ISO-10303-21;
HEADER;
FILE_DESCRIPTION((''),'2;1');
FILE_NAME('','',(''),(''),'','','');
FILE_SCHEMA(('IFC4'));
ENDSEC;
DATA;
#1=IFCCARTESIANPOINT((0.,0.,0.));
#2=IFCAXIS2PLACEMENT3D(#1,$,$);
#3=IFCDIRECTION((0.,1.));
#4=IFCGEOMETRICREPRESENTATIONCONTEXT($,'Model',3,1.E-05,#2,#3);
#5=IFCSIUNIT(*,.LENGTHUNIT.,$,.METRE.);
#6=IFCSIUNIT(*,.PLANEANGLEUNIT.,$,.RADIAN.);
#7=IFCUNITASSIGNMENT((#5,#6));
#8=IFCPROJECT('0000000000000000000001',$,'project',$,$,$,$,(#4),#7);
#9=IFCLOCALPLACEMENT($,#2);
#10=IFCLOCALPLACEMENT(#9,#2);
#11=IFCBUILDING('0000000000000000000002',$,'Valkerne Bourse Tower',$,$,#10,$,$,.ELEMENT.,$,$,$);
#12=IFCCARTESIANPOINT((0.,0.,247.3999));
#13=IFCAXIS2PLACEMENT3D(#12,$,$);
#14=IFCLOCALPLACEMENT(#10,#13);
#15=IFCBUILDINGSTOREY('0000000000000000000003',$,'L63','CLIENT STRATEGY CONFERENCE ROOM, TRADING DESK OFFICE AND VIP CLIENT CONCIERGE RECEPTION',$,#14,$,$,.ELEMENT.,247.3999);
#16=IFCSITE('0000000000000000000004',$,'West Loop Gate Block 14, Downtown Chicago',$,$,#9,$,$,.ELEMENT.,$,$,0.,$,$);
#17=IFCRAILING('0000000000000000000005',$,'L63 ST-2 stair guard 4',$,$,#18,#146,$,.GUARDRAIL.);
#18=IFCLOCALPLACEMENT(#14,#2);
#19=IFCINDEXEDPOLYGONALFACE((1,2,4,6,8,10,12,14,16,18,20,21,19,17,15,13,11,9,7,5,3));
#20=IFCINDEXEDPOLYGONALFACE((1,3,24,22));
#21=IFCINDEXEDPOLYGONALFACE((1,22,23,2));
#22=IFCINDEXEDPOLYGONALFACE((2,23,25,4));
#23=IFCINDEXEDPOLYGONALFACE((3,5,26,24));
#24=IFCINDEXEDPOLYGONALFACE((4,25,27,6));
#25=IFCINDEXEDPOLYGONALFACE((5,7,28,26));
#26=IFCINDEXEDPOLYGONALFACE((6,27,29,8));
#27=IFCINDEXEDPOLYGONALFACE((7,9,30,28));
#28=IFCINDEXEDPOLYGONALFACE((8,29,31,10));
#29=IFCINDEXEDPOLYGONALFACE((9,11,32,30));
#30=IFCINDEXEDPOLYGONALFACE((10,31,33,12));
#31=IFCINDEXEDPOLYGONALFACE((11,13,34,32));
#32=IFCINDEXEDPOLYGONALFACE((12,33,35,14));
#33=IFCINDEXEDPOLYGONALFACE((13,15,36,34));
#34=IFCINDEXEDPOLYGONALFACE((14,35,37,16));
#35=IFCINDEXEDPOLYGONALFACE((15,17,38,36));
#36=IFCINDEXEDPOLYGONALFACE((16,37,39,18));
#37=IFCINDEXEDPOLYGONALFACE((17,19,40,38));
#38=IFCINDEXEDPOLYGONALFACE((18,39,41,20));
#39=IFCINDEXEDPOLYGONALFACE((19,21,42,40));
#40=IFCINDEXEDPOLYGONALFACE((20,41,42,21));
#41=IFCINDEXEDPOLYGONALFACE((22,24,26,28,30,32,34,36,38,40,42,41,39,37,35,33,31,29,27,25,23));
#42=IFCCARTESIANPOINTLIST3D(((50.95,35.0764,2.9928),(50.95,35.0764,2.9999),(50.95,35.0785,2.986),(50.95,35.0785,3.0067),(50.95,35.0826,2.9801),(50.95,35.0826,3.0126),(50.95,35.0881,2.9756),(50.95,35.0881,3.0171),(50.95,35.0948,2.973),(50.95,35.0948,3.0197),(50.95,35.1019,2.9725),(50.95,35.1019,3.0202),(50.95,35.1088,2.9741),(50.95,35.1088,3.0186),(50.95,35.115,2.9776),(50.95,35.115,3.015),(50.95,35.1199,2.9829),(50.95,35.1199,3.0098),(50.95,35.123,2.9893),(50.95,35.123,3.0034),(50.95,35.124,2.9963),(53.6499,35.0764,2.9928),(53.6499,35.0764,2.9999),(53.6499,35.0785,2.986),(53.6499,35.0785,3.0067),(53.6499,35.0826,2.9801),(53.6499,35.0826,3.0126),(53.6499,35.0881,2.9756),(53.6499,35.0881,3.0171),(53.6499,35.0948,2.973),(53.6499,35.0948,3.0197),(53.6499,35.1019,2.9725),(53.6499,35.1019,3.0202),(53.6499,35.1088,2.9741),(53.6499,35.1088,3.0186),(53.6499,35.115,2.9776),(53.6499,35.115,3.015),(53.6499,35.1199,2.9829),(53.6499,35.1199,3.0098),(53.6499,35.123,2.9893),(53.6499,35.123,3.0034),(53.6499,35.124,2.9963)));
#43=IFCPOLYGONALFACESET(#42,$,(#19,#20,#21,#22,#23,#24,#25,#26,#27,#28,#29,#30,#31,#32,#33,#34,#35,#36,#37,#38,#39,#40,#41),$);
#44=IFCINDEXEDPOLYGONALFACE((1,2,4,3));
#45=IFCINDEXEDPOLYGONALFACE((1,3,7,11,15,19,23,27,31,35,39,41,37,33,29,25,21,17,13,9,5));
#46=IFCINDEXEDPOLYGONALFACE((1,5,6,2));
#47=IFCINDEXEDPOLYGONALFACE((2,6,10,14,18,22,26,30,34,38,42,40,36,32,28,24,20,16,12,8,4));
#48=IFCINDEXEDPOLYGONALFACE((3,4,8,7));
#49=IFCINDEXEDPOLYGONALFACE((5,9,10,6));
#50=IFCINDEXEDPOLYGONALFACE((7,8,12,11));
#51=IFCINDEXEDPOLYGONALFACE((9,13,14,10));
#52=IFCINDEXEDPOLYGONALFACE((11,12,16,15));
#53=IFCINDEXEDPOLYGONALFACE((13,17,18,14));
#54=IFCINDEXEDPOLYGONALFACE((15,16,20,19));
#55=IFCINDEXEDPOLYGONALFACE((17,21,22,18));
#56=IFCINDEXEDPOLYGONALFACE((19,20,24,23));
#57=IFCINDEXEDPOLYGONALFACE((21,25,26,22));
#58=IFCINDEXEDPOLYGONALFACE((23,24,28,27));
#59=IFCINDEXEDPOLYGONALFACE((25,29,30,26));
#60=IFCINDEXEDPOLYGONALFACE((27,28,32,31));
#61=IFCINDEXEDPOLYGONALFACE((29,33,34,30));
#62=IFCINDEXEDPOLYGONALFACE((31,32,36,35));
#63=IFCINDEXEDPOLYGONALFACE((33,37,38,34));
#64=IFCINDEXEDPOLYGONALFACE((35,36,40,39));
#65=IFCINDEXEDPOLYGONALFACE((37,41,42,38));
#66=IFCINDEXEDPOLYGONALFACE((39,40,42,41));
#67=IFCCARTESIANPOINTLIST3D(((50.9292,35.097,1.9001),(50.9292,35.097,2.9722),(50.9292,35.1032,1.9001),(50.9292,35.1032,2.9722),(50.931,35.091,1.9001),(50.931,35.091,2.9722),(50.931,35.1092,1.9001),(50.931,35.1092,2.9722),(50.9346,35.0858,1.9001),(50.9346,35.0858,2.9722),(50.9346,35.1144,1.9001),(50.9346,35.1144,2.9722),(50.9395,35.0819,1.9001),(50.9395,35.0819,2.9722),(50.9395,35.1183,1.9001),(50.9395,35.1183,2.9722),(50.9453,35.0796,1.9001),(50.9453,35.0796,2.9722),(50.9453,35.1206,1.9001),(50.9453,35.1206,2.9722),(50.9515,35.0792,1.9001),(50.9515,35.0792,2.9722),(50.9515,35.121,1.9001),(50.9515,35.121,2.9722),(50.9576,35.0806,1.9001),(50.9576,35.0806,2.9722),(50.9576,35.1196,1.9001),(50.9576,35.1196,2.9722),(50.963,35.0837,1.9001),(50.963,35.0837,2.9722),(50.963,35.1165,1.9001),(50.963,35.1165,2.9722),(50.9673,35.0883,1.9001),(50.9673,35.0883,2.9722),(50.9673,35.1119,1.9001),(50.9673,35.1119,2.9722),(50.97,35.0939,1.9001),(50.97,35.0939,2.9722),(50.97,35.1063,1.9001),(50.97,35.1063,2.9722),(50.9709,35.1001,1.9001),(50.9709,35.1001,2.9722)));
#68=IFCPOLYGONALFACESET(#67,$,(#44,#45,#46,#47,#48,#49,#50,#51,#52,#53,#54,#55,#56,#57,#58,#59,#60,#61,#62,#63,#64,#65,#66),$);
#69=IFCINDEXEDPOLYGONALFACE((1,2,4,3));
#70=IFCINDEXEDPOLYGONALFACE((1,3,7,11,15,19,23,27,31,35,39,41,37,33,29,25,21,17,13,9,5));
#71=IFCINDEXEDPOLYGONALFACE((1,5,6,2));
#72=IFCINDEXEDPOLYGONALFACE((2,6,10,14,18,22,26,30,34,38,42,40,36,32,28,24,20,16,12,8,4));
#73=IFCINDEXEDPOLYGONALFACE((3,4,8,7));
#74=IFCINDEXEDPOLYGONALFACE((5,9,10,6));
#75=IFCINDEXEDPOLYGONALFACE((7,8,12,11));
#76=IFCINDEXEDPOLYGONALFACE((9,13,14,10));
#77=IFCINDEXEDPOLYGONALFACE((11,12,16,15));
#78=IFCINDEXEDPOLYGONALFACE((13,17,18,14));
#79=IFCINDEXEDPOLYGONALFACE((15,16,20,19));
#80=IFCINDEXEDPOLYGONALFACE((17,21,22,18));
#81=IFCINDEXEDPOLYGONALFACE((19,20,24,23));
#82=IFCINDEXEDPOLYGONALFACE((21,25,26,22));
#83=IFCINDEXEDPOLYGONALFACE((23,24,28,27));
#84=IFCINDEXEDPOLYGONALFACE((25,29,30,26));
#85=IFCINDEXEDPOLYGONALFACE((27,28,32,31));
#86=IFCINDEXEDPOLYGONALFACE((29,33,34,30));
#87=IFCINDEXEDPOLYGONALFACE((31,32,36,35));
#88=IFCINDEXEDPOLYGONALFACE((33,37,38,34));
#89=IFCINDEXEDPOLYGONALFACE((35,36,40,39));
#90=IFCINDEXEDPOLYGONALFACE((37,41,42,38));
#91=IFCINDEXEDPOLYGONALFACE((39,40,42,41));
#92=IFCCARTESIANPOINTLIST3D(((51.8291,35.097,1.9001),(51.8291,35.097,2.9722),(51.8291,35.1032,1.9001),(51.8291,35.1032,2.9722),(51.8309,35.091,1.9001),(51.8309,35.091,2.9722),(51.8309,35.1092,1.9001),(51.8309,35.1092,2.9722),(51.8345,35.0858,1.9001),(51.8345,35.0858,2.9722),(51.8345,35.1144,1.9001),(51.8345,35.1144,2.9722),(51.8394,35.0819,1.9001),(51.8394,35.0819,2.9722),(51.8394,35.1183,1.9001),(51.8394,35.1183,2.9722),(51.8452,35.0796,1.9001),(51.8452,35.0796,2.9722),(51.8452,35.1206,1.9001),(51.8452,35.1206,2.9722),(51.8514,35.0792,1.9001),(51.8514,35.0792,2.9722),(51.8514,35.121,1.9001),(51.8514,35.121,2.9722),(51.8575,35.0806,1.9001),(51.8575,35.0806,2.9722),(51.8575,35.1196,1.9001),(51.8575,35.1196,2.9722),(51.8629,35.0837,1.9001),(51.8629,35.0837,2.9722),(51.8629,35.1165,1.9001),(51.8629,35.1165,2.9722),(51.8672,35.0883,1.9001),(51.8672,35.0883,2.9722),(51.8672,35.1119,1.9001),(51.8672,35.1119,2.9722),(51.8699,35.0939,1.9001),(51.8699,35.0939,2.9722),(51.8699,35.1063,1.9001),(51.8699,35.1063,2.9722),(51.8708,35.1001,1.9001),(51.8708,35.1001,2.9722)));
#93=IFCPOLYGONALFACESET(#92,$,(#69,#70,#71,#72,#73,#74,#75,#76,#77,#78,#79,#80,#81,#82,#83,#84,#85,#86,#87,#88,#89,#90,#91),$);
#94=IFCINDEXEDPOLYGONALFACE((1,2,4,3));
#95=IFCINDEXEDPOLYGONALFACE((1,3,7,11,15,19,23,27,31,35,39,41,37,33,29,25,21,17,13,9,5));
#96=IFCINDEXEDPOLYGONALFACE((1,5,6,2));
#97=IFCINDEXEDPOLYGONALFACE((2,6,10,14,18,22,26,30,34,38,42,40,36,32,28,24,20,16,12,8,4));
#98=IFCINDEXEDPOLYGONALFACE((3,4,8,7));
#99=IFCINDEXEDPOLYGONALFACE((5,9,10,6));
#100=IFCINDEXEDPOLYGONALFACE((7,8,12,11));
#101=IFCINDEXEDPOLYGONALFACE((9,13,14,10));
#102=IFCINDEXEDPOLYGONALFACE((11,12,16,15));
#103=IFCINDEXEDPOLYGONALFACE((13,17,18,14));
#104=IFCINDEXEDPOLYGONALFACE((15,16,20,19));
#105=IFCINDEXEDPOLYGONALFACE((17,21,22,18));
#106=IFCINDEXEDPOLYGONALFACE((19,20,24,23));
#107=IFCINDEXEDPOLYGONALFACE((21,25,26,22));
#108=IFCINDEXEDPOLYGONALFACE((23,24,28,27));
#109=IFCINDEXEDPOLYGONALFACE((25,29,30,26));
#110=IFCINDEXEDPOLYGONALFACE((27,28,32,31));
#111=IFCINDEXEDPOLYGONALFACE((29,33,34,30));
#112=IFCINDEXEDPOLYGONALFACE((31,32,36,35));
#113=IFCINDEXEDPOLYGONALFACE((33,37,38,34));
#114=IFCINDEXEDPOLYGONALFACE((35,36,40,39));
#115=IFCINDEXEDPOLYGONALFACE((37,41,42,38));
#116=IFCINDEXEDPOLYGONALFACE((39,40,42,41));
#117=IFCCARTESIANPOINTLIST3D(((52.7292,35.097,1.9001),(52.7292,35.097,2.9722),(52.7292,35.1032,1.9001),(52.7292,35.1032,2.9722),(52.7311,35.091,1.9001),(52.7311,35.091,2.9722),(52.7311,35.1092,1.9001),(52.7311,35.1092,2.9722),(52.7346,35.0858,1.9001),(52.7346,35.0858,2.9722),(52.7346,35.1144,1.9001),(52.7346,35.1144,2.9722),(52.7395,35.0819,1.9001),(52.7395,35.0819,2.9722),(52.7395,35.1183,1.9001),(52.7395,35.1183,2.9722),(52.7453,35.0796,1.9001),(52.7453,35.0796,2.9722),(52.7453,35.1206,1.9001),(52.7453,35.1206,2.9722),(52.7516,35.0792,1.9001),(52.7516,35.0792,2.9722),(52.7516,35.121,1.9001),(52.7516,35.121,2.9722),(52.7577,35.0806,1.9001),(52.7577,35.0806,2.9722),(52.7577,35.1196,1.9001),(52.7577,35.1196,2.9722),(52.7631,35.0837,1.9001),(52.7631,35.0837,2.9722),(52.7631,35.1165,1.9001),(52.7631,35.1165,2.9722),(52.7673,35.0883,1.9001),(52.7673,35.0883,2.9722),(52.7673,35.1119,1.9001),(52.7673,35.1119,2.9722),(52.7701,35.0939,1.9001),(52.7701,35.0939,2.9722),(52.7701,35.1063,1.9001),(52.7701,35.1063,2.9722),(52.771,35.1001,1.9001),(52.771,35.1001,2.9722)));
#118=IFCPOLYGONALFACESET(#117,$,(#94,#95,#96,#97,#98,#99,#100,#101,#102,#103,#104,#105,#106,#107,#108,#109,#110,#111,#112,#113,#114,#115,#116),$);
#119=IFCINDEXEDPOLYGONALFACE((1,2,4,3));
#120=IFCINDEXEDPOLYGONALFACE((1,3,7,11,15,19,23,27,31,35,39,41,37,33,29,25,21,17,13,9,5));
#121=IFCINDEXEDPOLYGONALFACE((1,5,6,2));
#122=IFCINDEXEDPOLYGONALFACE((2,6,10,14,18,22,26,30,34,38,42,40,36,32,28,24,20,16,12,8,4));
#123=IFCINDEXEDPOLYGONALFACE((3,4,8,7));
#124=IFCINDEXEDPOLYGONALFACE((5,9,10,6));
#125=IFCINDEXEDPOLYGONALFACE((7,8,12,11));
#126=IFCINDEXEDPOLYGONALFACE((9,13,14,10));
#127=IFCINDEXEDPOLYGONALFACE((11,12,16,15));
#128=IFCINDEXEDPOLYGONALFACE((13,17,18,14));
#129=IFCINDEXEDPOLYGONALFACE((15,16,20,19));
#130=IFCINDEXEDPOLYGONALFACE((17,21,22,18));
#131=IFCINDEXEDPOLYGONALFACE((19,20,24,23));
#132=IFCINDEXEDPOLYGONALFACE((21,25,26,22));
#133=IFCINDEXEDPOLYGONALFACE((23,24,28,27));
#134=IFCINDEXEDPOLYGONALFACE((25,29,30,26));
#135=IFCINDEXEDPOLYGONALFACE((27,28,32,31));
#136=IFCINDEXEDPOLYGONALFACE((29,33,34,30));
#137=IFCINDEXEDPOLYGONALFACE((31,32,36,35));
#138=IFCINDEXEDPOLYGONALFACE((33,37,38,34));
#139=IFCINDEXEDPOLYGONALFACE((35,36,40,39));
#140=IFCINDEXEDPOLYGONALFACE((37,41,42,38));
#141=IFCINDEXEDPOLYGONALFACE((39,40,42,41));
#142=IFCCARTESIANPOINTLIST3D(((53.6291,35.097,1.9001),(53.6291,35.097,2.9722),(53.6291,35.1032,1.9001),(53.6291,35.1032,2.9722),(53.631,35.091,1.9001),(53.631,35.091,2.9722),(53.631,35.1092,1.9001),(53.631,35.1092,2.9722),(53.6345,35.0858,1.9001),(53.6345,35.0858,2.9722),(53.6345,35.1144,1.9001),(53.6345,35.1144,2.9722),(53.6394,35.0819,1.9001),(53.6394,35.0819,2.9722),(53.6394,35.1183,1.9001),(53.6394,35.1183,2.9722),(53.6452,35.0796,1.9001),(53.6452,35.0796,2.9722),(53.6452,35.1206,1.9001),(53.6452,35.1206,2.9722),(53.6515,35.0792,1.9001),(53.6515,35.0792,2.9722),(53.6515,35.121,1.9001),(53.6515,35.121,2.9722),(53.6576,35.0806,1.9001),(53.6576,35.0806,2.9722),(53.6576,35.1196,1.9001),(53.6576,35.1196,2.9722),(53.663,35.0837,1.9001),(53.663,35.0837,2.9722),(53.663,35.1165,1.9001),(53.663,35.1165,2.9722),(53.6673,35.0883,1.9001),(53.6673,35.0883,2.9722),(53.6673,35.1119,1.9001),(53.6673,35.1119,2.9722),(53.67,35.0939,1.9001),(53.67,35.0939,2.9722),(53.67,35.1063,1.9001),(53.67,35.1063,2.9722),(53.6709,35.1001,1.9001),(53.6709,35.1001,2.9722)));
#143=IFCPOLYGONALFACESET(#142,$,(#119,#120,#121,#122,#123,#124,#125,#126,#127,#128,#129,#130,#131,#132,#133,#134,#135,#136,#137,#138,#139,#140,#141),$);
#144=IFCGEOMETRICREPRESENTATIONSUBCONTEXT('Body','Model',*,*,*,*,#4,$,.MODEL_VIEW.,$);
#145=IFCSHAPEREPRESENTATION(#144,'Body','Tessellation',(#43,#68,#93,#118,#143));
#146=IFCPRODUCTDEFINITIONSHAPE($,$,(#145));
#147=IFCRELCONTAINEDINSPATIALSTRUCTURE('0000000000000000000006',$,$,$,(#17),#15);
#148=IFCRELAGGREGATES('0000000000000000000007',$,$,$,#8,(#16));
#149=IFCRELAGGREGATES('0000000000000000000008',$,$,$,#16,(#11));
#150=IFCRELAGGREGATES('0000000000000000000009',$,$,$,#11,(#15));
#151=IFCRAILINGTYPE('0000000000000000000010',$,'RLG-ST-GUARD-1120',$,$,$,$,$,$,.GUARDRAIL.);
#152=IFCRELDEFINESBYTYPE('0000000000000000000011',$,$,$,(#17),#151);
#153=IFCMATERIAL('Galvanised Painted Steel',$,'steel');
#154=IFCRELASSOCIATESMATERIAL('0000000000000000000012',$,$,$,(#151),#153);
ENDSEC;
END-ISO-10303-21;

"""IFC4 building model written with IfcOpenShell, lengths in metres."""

from ifc_helpers import new_model, si_unit, direction, frame, origin, origin_2d, place, context, subcontext, project, spatial, circle, extrude, material, type_object, element, save


model = new_model("IFC4")

# Units and contexts
model_context = context("Model", 3, precision=1e-05, world=origin(), true_north=direction((0.0, 1.0)))
body_context = subcontext(model_context, "Body", "Model", "MODEL_VIEW")
ifc_project = project(units=[si_unit("LENGTHUNIT", "METRE"), si_unit("PLANEANGLEUNIT", "RADIAN")], contexts=[model_context])

# Site, building, storey
site_placement = place(None, origin())
site = spatial("IfcSite", under=ifc_project, at=site_placement, Name="West Loop Gate Block 14, Downtown Chicago", CompositionType="ELEMENT", RefElevation=0.0)
building_placement = place(site_placement, origin())
building = spatial("IfcBuilding", under=site, at=building_placement, Name="Valkerne Bourse Tower", CompositionType="ELEMENT")
storey_placement = place(building_placement, frame((0.0, 0.0, 247.3999)))
storey = spatial("IfcBuildingStorey", under=building, at=storey_placement, Name="L63", Description="CLIENT STRATEGY CONFERENCE ROOM, TRADING DESK OFFICE AND VIP CLIENT CONCIERGE RECEPTION", CompositionType="ELEMENT", Elevation=247.3999)

# Shared definitions
ifc_material_1 = material(Name="Galvanised Painted Steel", Category="steel")

# Railing
railing_type_1 = type_object("IfcRailingType", Name="RLG-ST-GUARD-1120", PredefinedType="GUARDRAIL", material=ifc_material_1)
for number, where, name in (
    (1, (50.95, 35.1001, 1.9001), "L63 ST-2 stair guard 4"),
):
    element("IfcRailing", number, at=place(storey_placement, frame(where)), inside=storey, type_object=railing_type_1, Name=name, PredefinedType="GUARDRAIL", context=body_context, shape_type="SweptSolid", body=[
        extrude(circle(Radius=0.0239, at=origin_2d()), frame((0.0, 0.0, 1.0962), z_axis=(1.0, 0.0, 0.0), x_axis=(0.0, 1.0, 0.0)), (0.0, 0.0, 1.0), 2.7),
        extrude(circle(Radius=0.021, at=origin_2d()), origin(), (0.0, 0.0, 1.0), 1.072),
        extrude(circle(Radius=0.021, at=origin_2d()), frame((0.8999, 0.0, 0.0)), (0.0, 0.0, 1.0), 1.072),
        extrude(circle(Radius=0.021, at=origin_2d()), frame((1.8, 0.0, 0.0)), (0.0, 0.0, 1.0), 1.072),
        extrude(circle(Radius=0.021, at=origin_2d()), frame((2.7, 0.0, 0.0)), (0.0, 0.0, 1.0), 1.072),
    ])

save(model, "model.ifc")
